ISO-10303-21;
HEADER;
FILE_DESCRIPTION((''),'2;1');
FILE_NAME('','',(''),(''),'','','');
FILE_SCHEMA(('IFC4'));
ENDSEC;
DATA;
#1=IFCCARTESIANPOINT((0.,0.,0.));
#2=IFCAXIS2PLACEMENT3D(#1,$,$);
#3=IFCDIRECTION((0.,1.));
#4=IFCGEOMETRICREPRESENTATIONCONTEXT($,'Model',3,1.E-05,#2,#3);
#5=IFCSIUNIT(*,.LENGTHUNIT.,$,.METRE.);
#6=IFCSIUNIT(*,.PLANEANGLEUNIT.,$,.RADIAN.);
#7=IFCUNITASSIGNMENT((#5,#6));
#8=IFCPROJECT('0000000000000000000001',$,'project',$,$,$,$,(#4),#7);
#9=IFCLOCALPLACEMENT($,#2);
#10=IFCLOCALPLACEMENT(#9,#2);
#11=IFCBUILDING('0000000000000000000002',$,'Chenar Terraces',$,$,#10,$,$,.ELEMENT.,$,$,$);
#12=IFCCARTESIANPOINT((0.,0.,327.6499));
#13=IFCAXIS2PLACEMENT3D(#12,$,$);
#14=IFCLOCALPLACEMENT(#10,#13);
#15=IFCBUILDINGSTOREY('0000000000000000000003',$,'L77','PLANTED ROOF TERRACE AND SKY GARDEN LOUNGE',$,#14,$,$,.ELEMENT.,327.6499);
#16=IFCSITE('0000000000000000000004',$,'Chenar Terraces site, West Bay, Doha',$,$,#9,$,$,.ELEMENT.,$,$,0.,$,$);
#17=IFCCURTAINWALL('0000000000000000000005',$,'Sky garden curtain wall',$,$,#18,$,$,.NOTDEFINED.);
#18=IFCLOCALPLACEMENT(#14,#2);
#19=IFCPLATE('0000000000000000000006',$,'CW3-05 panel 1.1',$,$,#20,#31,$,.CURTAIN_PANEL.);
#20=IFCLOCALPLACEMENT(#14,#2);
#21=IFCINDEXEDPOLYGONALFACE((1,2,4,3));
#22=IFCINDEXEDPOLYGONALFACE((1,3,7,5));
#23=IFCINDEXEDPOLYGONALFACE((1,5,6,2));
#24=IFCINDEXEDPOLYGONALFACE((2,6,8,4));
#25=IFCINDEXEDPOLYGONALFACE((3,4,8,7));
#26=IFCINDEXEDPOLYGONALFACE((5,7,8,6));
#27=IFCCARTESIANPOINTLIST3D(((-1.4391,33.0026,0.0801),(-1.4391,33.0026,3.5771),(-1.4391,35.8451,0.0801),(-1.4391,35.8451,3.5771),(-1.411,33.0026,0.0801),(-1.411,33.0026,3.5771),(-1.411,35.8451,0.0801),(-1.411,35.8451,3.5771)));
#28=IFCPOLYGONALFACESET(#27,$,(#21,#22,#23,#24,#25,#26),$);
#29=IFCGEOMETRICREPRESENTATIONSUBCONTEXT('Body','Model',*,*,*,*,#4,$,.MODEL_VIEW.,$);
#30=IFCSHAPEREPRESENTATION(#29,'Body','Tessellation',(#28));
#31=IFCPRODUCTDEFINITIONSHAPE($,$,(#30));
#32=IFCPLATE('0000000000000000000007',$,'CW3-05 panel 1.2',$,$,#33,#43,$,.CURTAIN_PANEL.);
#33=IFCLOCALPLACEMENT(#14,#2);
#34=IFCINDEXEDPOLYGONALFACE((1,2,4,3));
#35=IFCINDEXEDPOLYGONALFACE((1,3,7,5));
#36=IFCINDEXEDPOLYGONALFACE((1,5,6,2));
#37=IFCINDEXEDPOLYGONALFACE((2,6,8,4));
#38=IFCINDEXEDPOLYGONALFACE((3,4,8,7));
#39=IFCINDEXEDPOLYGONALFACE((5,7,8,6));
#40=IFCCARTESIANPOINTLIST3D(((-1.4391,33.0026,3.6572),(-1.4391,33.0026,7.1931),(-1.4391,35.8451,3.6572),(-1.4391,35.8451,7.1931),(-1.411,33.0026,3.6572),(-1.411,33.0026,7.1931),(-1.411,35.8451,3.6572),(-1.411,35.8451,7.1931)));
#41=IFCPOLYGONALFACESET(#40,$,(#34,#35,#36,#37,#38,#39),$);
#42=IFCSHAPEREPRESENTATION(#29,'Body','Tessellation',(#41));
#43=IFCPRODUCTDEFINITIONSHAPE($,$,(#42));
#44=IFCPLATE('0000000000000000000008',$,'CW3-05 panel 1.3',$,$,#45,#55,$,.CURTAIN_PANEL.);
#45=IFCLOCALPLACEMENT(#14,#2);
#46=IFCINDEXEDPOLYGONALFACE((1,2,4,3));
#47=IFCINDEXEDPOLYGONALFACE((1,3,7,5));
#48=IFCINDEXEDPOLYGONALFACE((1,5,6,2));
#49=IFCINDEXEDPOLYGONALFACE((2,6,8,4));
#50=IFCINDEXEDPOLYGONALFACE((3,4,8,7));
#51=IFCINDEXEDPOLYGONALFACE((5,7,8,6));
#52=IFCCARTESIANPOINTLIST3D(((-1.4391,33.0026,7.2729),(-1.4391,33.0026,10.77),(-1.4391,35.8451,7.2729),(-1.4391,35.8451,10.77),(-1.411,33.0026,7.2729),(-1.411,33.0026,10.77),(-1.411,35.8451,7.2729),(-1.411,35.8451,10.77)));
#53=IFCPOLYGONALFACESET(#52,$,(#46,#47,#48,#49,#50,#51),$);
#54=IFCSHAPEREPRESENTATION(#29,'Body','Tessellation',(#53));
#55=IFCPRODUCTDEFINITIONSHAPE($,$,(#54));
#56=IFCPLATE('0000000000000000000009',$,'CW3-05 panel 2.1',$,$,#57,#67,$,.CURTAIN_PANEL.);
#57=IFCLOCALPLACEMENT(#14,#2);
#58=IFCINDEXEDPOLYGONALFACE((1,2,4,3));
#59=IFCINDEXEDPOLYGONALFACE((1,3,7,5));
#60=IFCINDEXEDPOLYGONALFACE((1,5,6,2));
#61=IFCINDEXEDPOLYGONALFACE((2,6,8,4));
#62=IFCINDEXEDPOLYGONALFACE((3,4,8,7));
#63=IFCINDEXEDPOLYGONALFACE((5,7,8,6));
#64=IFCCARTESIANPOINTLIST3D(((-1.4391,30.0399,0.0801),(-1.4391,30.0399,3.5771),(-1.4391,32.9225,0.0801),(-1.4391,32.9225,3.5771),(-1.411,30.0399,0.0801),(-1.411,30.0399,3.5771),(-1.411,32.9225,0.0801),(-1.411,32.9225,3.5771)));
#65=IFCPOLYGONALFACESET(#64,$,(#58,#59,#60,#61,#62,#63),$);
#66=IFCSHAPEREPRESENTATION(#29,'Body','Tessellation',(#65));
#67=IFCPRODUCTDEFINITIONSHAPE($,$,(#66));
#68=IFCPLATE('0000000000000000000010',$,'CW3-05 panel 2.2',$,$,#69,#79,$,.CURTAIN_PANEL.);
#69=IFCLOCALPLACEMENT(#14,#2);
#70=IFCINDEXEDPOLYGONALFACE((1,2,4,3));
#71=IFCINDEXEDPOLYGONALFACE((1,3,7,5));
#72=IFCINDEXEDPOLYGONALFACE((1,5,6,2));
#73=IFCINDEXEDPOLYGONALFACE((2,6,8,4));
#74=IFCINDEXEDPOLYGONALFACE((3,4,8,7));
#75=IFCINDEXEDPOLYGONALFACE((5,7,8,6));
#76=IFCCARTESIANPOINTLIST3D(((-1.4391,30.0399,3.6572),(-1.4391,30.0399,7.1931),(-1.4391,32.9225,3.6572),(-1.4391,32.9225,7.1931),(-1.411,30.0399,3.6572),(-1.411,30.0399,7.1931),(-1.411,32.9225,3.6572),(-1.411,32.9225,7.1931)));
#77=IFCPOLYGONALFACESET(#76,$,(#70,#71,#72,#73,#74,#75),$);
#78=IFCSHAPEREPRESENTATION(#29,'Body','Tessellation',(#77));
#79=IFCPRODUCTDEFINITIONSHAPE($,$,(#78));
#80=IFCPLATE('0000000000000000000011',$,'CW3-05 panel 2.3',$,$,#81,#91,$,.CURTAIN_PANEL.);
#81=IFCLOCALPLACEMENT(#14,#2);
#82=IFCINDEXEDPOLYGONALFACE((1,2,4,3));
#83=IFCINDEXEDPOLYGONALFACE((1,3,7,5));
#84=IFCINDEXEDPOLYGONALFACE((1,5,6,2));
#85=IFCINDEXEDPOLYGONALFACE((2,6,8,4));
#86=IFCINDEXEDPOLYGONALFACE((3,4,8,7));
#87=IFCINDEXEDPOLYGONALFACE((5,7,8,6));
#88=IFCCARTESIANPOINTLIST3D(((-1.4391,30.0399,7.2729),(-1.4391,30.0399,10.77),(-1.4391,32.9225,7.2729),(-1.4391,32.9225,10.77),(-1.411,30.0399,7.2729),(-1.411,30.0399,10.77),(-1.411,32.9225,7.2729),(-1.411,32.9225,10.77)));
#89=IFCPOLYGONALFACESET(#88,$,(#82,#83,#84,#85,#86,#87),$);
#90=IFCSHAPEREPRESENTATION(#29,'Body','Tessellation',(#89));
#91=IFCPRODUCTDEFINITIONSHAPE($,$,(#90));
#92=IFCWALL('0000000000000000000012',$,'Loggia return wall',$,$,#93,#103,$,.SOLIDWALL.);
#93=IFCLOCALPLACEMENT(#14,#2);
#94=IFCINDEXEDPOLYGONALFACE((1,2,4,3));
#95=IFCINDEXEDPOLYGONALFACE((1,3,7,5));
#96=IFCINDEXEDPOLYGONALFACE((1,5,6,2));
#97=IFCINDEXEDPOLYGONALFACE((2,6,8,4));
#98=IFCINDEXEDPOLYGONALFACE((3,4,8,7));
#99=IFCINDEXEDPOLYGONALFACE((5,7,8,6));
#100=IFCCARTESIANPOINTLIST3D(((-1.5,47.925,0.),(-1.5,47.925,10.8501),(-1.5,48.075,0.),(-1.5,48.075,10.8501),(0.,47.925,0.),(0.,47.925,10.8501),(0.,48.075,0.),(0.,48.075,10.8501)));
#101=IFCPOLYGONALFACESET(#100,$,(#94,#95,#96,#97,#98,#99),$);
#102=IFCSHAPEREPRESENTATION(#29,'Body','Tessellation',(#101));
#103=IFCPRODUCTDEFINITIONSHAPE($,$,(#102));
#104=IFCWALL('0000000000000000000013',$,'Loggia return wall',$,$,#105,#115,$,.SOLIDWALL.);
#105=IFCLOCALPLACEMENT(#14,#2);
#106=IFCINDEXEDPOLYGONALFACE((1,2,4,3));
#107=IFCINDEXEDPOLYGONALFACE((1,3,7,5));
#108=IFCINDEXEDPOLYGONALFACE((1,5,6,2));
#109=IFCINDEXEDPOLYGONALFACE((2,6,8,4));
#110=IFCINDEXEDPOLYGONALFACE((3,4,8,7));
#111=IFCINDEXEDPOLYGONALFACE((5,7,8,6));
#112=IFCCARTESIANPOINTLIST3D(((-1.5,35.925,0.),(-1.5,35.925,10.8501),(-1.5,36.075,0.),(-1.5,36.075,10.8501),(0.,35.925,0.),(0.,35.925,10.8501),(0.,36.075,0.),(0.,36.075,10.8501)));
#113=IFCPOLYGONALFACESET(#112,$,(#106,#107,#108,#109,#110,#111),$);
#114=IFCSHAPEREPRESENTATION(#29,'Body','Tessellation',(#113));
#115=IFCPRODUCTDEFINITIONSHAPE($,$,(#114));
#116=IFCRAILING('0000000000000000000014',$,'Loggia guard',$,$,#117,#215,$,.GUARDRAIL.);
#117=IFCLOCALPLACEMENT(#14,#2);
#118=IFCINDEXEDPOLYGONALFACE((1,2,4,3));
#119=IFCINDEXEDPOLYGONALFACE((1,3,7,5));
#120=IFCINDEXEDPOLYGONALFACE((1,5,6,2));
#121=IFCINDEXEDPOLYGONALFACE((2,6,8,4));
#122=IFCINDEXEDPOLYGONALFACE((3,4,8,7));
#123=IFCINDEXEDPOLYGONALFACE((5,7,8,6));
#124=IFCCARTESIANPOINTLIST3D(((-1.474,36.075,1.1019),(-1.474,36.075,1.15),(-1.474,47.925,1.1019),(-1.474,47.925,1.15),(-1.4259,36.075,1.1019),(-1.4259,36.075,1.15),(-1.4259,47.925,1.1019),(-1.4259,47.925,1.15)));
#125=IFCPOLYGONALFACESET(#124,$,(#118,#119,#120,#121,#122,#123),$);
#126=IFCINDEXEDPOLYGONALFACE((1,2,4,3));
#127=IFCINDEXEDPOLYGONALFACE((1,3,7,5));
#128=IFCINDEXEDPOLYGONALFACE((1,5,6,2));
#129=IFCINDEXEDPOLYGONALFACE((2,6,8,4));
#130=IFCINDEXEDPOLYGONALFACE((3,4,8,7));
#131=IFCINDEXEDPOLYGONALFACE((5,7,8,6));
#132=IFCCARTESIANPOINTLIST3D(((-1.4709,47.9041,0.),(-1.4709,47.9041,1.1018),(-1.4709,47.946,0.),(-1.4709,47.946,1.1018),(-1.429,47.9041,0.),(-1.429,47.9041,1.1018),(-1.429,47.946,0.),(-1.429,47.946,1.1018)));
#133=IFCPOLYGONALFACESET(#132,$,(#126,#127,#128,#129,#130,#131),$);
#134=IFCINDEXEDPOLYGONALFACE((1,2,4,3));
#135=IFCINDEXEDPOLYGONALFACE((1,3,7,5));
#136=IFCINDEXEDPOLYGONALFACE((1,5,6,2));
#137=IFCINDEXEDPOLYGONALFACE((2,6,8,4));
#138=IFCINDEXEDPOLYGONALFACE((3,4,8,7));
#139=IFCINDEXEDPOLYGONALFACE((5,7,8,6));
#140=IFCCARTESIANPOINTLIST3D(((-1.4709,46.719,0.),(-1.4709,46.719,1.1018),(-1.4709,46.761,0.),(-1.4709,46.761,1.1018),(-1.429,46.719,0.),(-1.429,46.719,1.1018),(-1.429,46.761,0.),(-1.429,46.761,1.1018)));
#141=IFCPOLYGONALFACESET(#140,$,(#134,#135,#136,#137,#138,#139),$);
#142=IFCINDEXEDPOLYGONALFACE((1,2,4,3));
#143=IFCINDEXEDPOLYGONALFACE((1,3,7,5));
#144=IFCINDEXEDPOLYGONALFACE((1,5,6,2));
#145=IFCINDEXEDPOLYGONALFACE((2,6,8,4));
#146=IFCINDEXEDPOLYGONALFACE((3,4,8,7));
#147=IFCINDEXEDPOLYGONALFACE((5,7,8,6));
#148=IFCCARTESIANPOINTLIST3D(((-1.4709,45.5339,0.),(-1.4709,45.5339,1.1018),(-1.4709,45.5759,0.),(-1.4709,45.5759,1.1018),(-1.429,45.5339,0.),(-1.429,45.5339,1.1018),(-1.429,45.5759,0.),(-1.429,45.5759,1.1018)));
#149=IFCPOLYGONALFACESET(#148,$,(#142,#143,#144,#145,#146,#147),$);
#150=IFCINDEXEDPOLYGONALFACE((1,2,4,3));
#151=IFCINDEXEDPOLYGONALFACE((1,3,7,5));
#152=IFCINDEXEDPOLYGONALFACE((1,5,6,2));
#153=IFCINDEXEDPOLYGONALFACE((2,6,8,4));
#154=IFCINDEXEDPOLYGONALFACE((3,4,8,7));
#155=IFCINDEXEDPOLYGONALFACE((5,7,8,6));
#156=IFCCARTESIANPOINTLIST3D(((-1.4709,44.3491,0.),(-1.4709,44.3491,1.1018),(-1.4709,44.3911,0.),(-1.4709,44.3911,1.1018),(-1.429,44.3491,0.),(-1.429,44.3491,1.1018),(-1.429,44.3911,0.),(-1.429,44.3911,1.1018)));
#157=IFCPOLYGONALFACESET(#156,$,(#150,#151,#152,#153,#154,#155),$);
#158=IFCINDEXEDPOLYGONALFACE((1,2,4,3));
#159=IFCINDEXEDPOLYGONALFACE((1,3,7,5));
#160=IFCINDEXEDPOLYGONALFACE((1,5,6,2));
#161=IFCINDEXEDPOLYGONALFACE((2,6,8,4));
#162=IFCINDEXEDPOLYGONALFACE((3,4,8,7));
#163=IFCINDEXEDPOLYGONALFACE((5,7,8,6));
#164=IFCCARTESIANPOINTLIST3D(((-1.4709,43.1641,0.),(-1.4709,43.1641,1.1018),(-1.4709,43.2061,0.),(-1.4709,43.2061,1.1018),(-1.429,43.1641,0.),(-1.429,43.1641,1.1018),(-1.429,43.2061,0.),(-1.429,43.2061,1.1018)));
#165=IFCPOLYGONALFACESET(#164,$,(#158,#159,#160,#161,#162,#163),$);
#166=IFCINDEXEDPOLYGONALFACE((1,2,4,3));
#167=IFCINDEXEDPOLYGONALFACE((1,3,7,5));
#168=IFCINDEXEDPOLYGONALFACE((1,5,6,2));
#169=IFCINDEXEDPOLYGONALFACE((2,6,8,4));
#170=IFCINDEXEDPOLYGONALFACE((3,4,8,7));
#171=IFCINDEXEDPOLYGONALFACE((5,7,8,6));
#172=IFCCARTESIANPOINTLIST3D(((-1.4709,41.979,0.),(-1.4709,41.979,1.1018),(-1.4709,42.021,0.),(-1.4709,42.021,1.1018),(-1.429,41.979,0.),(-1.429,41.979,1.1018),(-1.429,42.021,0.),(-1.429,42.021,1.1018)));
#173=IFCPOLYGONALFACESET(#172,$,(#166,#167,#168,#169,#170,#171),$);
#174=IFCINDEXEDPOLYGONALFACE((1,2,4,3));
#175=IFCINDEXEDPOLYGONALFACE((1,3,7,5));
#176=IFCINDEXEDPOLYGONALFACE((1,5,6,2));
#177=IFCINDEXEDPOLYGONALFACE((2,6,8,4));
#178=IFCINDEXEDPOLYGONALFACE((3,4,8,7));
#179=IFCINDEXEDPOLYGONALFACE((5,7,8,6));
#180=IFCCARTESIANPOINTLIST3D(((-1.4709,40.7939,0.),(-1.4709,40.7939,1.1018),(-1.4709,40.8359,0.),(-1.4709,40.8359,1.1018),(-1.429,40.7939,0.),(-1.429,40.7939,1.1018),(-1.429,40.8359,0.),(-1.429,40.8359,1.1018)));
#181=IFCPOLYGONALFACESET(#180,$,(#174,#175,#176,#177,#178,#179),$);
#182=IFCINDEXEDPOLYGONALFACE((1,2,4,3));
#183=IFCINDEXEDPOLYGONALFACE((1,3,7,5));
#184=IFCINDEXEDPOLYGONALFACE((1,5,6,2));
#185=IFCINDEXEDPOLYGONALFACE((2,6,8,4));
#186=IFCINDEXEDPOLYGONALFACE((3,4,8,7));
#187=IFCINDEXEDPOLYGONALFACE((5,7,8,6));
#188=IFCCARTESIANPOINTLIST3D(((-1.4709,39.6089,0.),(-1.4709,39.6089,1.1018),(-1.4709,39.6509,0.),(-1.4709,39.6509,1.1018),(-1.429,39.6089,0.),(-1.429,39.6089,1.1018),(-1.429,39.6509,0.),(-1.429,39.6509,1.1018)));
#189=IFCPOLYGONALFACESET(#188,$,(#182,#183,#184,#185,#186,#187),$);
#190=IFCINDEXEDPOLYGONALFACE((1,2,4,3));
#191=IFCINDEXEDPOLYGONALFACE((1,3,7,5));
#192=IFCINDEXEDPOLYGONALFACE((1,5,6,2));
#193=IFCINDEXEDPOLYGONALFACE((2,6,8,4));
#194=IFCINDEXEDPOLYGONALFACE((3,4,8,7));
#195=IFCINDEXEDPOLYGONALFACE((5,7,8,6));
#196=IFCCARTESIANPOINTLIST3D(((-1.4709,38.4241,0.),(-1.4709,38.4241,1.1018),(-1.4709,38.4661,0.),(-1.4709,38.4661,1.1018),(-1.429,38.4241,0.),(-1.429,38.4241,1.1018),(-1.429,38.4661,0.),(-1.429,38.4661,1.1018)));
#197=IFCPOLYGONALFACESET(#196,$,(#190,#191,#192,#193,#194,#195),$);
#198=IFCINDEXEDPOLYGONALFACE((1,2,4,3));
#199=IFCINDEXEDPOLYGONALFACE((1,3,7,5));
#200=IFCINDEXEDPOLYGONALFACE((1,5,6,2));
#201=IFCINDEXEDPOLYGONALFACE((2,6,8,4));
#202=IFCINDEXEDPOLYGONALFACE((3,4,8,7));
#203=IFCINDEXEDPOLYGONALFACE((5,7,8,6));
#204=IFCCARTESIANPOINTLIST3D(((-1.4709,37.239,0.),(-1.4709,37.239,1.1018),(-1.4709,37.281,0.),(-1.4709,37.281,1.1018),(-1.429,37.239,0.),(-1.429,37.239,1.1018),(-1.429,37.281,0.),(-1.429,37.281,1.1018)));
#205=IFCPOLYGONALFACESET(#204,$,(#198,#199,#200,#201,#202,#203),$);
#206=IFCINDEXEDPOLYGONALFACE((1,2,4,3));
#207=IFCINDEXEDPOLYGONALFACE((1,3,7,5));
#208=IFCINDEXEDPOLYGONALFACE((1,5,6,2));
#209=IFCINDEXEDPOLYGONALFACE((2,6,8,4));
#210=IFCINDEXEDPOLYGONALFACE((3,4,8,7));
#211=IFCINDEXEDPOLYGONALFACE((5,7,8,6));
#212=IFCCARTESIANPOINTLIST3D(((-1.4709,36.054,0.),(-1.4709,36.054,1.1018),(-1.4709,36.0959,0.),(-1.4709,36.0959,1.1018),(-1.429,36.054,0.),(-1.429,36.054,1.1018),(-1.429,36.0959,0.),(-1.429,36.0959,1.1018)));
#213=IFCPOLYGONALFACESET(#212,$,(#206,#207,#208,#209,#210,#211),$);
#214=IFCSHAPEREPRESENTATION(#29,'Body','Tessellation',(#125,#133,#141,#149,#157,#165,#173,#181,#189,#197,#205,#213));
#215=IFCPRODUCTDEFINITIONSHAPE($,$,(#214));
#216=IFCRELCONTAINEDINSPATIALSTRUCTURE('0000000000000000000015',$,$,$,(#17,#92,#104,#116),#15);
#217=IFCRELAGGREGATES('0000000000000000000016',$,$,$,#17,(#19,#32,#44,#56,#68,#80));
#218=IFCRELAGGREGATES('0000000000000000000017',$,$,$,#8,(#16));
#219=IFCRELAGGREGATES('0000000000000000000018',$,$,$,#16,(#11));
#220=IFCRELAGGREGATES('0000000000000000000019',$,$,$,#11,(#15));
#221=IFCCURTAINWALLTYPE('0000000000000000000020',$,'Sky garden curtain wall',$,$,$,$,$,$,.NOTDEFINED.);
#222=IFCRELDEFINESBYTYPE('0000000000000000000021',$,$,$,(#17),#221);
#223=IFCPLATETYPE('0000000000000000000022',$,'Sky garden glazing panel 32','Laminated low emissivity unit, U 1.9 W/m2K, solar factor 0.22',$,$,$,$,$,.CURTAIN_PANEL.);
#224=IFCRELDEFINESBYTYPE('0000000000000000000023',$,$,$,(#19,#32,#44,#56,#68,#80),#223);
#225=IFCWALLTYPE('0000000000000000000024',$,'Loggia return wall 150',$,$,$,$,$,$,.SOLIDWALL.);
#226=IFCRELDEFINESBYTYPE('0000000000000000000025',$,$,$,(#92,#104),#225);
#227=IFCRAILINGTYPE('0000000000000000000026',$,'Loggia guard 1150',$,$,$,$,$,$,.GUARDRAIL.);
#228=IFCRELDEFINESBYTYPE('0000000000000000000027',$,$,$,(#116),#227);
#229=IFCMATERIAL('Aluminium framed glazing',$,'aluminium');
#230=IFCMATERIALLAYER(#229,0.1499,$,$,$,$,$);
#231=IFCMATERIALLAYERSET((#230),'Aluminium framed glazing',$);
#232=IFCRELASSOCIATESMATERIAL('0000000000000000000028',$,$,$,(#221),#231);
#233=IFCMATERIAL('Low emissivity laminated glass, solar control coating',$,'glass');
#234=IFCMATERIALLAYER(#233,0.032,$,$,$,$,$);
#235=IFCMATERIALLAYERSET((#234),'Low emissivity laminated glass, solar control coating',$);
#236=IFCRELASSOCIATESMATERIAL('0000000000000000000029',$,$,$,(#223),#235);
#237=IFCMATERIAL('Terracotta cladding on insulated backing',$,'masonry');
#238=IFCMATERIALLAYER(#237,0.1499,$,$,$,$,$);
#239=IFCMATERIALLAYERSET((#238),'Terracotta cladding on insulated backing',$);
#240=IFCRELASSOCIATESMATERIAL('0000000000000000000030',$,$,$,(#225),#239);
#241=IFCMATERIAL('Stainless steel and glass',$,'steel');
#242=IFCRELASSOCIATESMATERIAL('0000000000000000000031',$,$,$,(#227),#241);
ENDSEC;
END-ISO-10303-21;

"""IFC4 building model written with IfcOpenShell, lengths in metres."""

from ifc_helpers import new_model, si_unit, direction, frame, frame_2d, origin, origin_2d, place, context, subcontext, project, spatial, rectangle, extrude, material, layer, layer_set, type_object, element, aggregate, save


model = new_model("IFC4")

# Units and contexts
model_context = context("Model", 3, precision=1e-05, world=origin(), true_north=direction((0.0, 1.0)))
body_context = subcontext(model_context, "Body", "Model", "MODEL_VIEW")
ifc_project = project(units=[si_unit("LENGTHUNIT", "METRE"), si_unit("PLANEANGLEUNIT", "RADIAN")], contexts=[model_context])

# Site, building, storey
site_placement = place(None, origin())
site = spatial("IfcSite", under=ifc_project, at=site_placement, Name="Chenar Terraces site, West Bay, Doha", CompositionType="ELEMENT", RefElevation=0.0)
building_placement = place(site_placement, origin())
building = spatial("IfcBuilding", under=site, at=building_placement, Name="Chenar Terraces", CompositionType="ELEMENT")
storey_placement = place(building_placement, frame((0.0, 0.0, 327.6499)))
storey = spatial("IfcBuildingStorey", under=building, at=storey_placement, Name="L77", Description="PLANTED ROOF TERRACE AND SKY GARDEN LOUNGE", CompositionType="ELEMENT", Elevation=327.6499)

# Curtain wall, plates
ifc_material_1 = material(Name="Aluminium framed glazing", Category="aluminium")
ifc_layer_1 = layer(ifc_material_1, 0.1499)
ifc_layer_set_1 = layer_set([ifc_layer_1], Name="Aluminium framed glazing")
curtain_wall_type = type_object("IfcCurtainWallType", Name="Sky garden curtain wall", PredefinedType="NOTDEFINED", material=ifc_layer_set_1)
curtain_wall_placement = place(storey_placement, origin())
curtain_wall = element("IfcCurtainWall", 1, at=curtain_wall_placement, inside=storey, type_object=curtain_wall_type, Name="Sky garden curtain wall", PredefinedType="NOTDEFINED")
ifc_material_2 = material(Name="Low emissivity laminated glass, solar control coating", Category="glass")
ifc_layer_2 = layer(ifc_material_2, 0.032)
ifc_layer_set_2 = layer_set([ifc_layer_2], Name="Low emissivity laminated glass, solar control coating")
plate_type = type_object("IfcPlateType", Name="Sky garden glazing panel 32", Description="Laminated low emissivity unit, U 1.9 W/m2K, solar factor 0.22", PredefinedType="CURTAIN_PANEL", material=ifc_layer_set_2)
plate_1_placement = place(storey_placement, frame((-1.425, 34.4238, 0.0801), z_axis=(0.0, 0.0, 1.0), x_axis=(0.0, -1.0, 0.0)))
plate_1 = element("IfcPlate", 2, at=plate_1_placement, type_object=plate_type, Name="CW3-05 panel 1.1", PredefinedType="CURTAIN_PANEL", context=body_context, shape_type="SweptSolid", body=[
    extrude(rectangle(XDim=2.8425, YDim=0.0281, at=origin_2d()), origin(), (0.0, 0.0, 1.0), 3.4971),
])
plate_2_placement = place(storey_placement, frame((-1.425, 34.4238, 3.6572), z_axis=(0.0, 0.0, 1.0), x_axis=(0.0, -1.0, 0.0)))
plate_2 = element("IfcPlate", 3, at=plate_2_placement, type_object=plate_type, Name="CW3-05 panel 1.2", PredefinedType="CURTAIN_PANEL", context=body_context, shape_type="SweptSolid", body=[
    extrude(rectangle(XDim=2.8425, YDim=0.0281, at=origin_2d()), origin(), (0.0, 0.0, 1.0), 3.5359),
])
plate_3_placement = place(storey_placement, frame((-1.425, 34.4238, 7.2729), z_axis=(0.0, 0.0, 1.0), x_axis=(0.0, -1.0, 0.0)))
plate_3 = element("IfcPlate", 4, at=plate_3_placement, type_object=plate_type, Name="CW3-05 panel 1.3", PredefinedType="CURTAIN_PANEL", context=body_context, shape_type="SweptSolid", body=[
    extrude(rectangle(XDim=2.8425, YDim=0.0281, at=origin_2d()), origin(), (0.0, 0.0, 1.0), 3.4971),
])
plate_4_placement = place(storey_placement, frame((-1.425, 31.4812, 0.0801), z_axis=(0.0, 0.0, 1.0), x_axis=(0.0, -1.0, 0.0)))
plate_4 = element("IfcPlate", 5, at=plate_4_placement, type_object=plate_type, Name="CW3-05 panel 2.1", PredefinedType="CURTAIN_PANEL", context=body_context, shape_type="SweptSolid", body=[
    extrude(rectangle(XDim=2.8826, YDim=0.0281, at=origin_2d()), origin(), (0.0, 0.0, 1.0), 3.4971),
])
plate_5_placement = place(storey_placement, frame((-1.425, 31.4812, 3.6572), z_axis=(0.0, 0.0, 1.0), x_axis=(0.0, -1.0, 0.0)))
plate_5 = element("IfcPlate", 6, at=plate_5_placement, type_object=plate_type, Name="CW3-05 panel 2.2", PredefinedType="CURTAIN_PANEL", context=body_context, shape_type="SweptSolid", body=[
    extrude(rectangle(XDim=2.8826, YDim=0.0281, at=origin_2d()), origin(), (0.0, 0.0, 1.0), 3.5359),
])
plate_6_placement = place(storey_placement, frame((-1.425, 31.4812, 7.2729), z_axis=(0.0, 0.0, 1.0), x_axis=(0.0, -1.0, 0.0)))
plate_6 = element("IfcPlate", 7, at=plate_6_placement, type_object=plate_type, Name="CW3-05 panel 2.3", PredefinedType="CURTAIN_PANEL", context=body_context, shape_type="SweptSolid", body=[
    extrude(rectangle(XDim=2.8826, YDim=0.0281, at=origin_2d()), origin(), (0.0, 0.0, 1.0), 3.4971),
])
aggregate(curtain_wall, [plate_1, plate_2, plate_3, plate_4, plate_5, plate_6])

# Walls
ifc_material_3 = material(Name="Terracotta cladding on insulated backing", Category="masonry")
ifc_layer_3 = layer(ifc_material_3, 0.1499)
ifc_layer_set_3 = layer_set([ifc_layer_3], Name="Terracotta cladding on insulated backing")
wall_type = type_object("IfcWallType", Name="Loggia return wall 150", PredefinedType="SOLIDWALL", material=ifc_layer_set_3)
for number, where, z_axis, x_axis, name in (
    (8, (-1.5, 48.0, 0.0), (0.0, 0.0, 1.0), (1.0, 0.0, 0.0), "Loggia return wall"),
    (9, (-1.5, 36.0, 0.0), (0.0, 0.0, 1.0), (1.0, 0.0, 0.0), "Loggia return wall"),
):
    element("IfcWall", number, at=place(storey_placement, frame(where, z_axis=z_axis, x_axis=x_axis)), inside=storey, type_object=wall_type, Name=name, PredefinedType="SOLIDWALL", context=body_context, shape_type="SweptSolid", body=[
        extrude(rectangle(XDim=1.5, YDim=0.1499, at=frame_2d((0.75, 0.0))), origin(), (0.0, 0.0, 1.0), 10.8501),
    ])

# Railing
ifc_material_4 = material(Name="Stainless steel and glass", Category="steel")
railing_type = type_object("IfcRailingType", Name="Loggia guard 1150", PredefinedType="GUARDRAIL", material=ifc_material_4)
railing_placement = place(storey_placement, frame((-1.45, 47.925, 0.0)))
element("IfcRailing", 10, at=railing_placement, inside=storey, type_object=railing_type, Name="Loggia guard", PredefinedType="GUARDRAIL", context=body_context, shape_type="SweptSolid", body=[
    extrude(rectangle(XDim=0.0481, YDim=0.0481, at=origin_2d()), frame((0.0, 0.0, 1.126), z_axis=(0.0, -1.0, 0.0), x_axis=(1.0, 0.0, 0.0)), (0.0, 0.0, 1.0), 11.8501),
    extrude(rectangle(XDim=0.042, YDim=0.042, at=origin_2d()), origin(), (0.0, 0.0, 1.0), 1.1018),
    extrude(rectangle(XDim=0.042, YDim=0.042, at=origin_2d()), frame((0.0, -1.1851, 0.0)), (0.0, 0.0, 1.0), 1.1018),
    extrude(rectangle(XDim=0.042, YDim=0.042, at=origin_2d()), frame((0.0, -2.3701, 0.0)), (0.0, 0.0, 1.0), 1.1018),
    extrude(rectangle(XDim=0.042, YDim=0.042, at=origin_2d()), frame((0.0, -3.5549, 0.0)), (0.0, 0.0, 1.0), 1.1018),
    extrude(rectangle(XDim=0.042, YDim=0.042, at=origin_2d()), frame((0.0, -4.74, 0.0)), (0.0, 0.0, 1.0), 1.1018),
    extrude(rectangle(XDim=0.042, YDim=0.042, at=origin_2d()), frame((0.0, -5.925, 0.0)), (0.0, 0.0, 1.0), 1.1018),
    extrude(rectangle(XDim=0.042, YDim=0.042, at=origin_2d()), frame((0.0, -7.1101, 0.0)), (0.0, 0.0, 1.0), 1.1018),
    extrude(rectangle(XDim=0.042, YDim=0.042, at=origin_2d()), frame((0.0, -8.2952, 0.0)), (0.0, 0.0, 1.0), 1.1018),
    extrude(rectangle(XDim=0.042, YDim=0.042, at=origin_2d()), frame((0.0, -9.48, 0.0)), (0.0, 0.0, 1.0), 1.1018),
    extrude(rectangle(XDim=0.042, YDim=0.042, at=origin_2d()), frame((0.0, -10.665, 0.0)), (0.0, 0.0, 1.0), 1.1018),
    extrude(rectangle(XDim=0.042, YDim=0.042, at=origin_2d()), frame((0.0, -11.8501, 0.0)), (0.0, 0.0, 1.0), 1.1018),
])

save(model, "model.ifc")
